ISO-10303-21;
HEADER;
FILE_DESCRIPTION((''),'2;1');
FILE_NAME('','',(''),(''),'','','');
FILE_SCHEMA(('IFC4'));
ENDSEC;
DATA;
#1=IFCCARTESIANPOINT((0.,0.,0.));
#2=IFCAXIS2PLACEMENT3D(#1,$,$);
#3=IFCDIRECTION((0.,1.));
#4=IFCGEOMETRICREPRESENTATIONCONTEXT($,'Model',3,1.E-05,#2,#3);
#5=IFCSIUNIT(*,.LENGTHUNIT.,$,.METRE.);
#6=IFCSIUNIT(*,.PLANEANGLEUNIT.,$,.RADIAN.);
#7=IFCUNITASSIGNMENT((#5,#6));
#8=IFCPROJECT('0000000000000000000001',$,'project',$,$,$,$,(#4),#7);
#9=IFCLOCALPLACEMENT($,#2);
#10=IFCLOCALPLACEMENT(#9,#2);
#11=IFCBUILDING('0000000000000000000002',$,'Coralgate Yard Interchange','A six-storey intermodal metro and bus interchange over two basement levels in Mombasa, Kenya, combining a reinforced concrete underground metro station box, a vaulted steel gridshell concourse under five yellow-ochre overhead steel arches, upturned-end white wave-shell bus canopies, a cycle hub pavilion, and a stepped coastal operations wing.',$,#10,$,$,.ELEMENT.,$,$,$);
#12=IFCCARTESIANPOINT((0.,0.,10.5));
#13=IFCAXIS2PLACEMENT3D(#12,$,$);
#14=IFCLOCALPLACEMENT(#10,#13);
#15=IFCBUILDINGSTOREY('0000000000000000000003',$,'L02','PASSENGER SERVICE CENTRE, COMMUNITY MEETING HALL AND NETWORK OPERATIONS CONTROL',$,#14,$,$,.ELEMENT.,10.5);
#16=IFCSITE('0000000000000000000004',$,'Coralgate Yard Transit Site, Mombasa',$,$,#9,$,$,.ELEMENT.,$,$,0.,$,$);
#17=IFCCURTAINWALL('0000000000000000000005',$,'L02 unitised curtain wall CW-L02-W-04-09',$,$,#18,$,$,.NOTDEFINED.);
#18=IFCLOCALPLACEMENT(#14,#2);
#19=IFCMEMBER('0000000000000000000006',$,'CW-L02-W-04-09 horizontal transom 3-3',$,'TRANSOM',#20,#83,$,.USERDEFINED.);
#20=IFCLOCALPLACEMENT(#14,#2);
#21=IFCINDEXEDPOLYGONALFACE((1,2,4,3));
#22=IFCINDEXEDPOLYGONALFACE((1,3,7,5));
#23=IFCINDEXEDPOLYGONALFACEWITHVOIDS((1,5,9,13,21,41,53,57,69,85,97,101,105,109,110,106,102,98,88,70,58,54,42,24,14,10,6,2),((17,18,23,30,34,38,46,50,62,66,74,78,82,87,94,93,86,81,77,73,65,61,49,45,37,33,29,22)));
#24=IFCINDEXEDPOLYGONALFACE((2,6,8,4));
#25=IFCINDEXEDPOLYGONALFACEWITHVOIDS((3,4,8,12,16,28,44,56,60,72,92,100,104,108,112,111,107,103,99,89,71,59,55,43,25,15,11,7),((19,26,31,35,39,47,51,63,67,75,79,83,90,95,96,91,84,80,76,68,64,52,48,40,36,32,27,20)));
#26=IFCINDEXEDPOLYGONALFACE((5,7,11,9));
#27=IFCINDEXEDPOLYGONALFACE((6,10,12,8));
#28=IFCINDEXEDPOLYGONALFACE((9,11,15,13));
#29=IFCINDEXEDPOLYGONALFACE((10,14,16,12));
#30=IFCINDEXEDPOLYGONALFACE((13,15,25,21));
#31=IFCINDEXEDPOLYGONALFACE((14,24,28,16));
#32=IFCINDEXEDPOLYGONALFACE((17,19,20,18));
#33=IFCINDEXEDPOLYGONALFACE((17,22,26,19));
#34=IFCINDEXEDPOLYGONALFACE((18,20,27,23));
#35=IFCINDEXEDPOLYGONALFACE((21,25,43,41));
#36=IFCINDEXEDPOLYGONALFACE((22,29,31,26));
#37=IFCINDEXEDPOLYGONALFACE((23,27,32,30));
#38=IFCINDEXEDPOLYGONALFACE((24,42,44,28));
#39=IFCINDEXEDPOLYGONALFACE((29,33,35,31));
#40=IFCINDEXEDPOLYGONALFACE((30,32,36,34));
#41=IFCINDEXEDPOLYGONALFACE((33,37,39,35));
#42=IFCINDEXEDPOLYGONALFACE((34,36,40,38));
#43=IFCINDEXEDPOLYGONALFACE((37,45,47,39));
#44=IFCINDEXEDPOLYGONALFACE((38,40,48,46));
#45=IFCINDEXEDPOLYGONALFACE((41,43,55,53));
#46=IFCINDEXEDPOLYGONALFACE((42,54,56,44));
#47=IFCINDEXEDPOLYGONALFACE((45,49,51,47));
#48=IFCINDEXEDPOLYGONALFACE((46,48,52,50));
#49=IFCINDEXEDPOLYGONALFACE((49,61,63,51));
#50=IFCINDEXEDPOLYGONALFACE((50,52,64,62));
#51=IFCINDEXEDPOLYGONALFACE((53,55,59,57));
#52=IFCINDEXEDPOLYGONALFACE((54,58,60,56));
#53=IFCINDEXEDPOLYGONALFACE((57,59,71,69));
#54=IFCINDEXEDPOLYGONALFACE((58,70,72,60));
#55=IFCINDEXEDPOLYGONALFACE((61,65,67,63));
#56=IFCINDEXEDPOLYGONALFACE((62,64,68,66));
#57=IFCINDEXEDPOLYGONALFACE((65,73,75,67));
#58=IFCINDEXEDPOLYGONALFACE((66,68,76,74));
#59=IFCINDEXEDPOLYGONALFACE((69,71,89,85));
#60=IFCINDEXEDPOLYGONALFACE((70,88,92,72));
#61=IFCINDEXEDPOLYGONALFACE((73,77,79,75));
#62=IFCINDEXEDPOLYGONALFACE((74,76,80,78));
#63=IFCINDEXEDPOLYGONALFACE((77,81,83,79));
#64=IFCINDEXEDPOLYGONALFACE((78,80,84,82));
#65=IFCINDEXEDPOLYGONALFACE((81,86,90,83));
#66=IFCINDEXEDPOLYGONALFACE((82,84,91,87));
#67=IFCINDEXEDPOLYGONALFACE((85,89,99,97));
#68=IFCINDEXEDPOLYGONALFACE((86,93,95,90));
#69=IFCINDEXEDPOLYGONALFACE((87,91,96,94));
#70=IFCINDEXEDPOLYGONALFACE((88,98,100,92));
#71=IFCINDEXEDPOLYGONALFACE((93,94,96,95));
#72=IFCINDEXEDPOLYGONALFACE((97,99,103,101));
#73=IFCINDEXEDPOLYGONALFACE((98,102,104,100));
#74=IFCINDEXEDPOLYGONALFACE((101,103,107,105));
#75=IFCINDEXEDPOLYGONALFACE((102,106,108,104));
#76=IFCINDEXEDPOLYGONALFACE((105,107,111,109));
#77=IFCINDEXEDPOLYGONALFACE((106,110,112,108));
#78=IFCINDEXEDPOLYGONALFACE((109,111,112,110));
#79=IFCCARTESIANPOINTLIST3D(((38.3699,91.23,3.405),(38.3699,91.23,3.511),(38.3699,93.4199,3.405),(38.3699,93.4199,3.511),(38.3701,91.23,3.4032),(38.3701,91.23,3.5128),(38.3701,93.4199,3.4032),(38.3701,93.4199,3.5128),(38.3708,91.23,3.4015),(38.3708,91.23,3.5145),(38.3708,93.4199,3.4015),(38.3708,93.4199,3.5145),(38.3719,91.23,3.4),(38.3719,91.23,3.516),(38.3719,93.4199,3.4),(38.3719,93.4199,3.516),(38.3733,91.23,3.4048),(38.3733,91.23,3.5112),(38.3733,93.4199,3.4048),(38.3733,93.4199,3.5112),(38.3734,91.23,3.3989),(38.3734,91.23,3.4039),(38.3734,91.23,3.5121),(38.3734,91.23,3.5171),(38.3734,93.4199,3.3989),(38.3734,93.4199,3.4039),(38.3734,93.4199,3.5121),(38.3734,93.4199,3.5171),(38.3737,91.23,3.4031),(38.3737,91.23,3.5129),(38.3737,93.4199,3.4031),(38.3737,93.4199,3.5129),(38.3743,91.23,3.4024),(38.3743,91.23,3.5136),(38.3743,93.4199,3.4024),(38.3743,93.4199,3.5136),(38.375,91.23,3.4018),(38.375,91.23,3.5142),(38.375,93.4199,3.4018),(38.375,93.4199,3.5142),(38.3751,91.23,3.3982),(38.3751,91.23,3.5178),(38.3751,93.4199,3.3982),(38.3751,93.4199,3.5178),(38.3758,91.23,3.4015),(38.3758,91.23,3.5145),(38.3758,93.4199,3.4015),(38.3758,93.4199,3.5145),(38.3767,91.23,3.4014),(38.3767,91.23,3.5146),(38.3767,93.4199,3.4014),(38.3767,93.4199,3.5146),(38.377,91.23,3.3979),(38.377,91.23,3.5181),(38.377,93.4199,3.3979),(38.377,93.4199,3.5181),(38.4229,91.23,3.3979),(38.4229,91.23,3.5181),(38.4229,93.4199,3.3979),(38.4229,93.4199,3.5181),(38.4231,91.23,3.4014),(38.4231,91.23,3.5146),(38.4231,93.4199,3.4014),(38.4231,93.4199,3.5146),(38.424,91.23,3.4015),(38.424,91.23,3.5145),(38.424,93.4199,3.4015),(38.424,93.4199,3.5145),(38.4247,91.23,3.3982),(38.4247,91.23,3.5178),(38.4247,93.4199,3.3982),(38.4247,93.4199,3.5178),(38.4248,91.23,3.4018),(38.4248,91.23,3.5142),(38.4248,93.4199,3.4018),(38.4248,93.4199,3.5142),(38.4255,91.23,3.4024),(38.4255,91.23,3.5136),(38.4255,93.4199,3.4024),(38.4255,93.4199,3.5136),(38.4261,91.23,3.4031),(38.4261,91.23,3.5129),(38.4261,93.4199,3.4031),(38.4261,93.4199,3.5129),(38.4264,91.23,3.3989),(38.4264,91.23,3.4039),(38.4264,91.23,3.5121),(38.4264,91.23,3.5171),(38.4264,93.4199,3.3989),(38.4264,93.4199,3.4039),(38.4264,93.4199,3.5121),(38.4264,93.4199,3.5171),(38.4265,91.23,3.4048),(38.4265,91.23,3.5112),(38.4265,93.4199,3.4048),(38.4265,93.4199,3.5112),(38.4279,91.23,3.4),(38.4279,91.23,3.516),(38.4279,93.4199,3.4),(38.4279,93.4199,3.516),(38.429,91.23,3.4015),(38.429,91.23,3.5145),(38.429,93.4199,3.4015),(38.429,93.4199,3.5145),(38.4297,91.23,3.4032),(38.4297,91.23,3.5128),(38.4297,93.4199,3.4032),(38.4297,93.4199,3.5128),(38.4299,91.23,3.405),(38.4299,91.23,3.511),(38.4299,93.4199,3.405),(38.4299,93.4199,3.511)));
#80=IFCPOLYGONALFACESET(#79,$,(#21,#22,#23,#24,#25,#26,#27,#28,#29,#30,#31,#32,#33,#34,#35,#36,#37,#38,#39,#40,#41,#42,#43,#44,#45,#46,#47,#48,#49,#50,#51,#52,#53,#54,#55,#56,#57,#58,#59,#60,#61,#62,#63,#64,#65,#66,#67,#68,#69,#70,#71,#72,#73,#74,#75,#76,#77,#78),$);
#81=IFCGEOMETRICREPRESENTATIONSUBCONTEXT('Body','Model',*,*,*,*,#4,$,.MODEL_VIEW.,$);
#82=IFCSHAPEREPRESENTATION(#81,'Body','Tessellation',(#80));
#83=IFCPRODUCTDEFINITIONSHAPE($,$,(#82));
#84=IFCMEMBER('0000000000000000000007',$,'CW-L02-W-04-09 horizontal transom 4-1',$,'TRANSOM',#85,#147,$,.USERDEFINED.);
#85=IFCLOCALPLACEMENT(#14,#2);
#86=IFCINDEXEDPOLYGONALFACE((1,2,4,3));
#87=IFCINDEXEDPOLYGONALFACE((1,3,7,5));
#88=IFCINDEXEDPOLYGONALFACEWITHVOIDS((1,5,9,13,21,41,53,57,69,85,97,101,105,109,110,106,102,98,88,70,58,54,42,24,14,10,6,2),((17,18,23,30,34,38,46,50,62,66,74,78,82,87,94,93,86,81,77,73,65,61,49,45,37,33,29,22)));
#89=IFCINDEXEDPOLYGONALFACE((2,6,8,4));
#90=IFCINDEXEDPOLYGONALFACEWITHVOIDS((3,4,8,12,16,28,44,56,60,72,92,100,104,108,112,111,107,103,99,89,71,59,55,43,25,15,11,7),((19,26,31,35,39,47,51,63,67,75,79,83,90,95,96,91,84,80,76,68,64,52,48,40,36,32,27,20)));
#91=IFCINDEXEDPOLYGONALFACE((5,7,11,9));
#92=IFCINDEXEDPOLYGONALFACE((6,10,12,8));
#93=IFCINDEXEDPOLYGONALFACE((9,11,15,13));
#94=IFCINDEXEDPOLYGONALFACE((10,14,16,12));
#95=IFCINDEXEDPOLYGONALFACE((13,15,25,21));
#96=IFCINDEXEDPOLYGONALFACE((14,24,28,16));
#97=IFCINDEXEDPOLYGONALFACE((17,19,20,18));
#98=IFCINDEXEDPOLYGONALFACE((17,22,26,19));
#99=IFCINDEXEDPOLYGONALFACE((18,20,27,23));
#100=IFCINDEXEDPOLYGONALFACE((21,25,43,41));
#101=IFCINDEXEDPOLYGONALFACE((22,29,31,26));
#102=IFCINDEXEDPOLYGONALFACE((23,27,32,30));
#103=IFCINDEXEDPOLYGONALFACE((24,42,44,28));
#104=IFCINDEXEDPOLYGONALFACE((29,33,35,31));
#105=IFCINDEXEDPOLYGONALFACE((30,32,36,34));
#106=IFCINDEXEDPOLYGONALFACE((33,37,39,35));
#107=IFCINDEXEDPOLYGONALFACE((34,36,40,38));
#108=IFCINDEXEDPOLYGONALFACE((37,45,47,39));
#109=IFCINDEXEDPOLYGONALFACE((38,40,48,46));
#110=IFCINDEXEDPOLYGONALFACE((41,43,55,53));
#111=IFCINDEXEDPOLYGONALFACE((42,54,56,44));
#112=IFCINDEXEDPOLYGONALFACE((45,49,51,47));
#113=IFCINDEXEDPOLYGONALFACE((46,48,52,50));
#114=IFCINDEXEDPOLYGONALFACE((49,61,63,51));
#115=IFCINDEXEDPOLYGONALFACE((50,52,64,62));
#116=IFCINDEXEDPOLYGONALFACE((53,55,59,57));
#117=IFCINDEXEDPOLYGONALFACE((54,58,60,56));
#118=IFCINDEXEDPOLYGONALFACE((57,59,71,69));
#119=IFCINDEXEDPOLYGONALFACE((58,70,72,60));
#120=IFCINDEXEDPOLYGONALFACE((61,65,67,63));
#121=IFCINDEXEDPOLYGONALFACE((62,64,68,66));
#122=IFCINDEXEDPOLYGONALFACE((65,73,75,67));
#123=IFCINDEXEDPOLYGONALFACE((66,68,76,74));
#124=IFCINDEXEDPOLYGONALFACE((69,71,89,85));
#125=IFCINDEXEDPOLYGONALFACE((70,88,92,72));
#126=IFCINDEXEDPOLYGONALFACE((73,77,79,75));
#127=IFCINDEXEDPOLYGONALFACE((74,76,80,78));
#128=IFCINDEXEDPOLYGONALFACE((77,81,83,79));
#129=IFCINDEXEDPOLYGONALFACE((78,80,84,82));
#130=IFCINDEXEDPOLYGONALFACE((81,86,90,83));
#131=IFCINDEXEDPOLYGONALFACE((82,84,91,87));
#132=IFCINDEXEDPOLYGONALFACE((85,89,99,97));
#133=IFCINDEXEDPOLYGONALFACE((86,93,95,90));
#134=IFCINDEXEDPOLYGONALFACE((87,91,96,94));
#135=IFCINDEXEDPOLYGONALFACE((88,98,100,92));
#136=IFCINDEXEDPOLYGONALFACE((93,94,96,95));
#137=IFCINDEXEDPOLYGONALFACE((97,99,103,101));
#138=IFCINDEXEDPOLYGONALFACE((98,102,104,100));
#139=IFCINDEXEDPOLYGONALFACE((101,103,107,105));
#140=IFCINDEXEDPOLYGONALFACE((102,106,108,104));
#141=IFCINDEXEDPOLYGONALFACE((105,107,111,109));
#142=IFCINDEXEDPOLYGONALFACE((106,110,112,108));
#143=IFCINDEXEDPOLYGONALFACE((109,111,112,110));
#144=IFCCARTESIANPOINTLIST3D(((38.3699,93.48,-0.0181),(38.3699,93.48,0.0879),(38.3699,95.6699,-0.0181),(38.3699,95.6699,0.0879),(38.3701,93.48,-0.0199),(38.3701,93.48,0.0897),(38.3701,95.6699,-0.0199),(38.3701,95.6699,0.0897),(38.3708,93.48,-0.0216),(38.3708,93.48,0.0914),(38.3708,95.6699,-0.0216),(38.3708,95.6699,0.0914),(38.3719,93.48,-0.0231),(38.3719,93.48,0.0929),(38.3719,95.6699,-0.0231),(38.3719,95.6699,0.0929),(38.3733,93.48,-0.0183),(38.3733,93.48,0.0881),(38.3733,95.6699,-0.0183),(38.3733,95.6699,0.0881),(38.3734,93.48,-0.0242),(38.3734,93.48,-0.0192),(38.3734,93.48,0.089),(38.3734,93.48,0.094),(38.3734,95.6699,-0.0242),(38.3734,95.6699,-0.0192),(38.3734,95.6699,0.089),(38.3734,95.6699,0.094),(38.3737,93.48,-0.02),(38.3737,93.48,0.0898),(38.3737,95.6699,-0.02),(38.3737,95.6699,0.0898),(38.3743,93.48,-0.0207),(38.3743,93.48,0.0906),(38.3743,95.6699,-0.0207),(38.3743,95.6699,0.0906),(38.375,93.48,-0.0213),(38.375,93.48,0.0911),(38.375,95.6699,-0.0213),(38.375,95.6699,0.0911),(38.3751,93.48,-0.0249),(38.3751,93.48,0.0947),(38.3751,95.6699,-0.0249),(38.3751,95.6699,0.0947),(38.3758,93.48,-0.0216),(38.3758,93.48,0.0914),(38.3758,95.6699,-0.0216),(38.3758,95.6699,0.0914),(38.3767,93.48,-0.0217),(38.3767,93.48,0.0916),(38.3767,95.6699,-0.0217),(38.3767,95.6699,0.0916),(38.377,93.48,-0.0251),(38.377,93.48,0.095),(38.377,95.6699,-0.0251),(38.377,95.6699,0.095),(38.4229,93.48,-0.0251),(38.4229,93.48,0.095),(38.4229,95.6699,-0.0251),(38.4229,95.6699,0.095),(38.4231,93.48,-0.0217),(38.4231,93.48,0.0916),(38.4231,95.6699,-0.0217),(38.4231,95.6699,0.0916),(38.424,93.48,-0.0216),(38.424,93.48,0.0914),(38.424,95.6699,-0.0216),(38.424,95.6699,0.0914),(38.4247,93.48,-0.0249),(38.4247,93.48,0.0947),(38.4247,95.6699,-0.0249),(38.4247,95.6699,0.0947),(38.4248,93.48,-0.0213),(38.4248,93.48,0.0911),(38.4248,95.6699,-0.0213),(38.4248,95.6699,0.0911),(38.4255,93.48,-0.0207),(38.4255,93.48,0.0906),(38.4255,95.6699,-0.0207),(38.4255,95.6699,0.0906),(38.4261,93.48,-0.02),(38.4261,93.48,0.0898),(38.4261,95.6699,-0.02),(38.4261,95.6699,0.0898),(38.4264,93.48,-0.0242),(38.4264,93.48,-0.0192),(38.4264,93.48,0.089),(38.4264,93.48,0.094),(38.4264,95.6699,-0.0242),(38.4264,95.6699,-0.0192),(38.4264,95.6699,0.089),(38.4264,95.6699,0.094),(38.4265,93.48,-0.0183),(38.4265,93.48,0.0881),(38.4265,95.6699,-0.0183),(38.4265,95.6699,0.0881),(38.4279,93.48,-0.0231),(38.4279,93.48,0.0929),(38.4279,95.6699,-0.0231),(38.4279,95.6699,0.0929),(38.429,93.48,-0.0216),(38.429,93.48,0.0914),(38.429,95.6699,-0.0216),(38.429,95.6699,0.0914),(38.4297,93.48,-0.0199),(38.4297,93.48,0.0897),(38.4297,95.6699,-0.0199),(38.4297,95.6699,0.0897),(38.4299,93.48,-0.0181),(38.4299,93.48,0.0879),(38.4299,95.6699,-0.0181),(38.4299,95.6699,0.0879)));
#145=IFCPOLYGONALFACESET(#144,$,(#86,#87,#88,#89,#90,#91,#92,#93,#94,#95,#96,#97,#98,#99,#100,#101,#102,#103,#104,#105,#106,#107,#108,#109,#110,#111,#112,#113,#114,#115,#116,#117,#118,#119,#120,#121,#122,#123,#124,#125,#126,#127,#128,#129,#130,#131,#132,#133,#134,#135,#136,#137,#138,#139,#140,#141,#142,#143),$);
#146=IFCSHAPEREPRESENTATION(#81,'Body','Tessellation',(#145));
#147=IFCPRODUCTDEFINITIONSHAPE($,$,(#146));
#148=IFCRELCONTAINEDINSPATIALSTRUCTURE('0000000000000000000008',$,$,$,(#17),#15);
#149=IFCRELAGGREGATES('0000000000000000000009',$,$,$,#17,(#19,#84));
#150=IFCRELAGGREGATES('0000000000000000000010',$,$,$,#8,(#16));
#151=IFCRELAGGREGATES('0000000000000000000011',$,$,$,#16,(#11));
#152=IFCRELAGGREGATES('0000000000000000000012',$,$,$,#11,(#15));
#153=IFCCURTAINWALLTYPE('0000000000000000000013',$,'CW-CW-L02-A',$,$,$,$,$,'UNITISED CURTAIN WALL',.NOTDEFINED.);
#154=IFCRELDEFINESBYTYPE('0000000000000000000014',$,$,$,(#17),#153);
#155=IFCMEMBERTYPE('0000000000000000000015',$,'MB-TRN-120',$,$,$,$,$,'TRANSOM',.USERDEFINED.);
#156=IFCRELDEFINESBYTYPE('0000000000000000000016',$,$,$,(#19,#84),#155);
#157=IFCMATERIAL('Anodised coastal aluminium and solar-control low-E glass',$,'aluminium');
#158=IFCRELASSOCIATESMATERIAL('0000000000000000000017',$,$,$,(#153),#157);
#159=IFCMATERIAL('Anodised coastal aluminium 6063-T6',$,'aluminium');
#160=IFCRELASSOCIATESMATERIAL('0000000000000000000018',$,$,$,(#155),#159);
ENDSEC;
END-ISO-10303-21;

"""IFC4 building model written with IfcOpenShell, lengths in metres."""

from ifc_helpers import new_model, si_unit, direction, frame, origin, origin_2d, place, context, subcontext, project, spatial, hollow_rectangle, extrude, material, material_profile, profile_set, type_object, element, aggregate, save


model = new_model("IFC4")

# Units and contexts
model_context = context("Model", 3, precision=1e-05, world=origin(), true_north=direction((0.0, 1.0)))
body_context = subcontext(model_context, "Body", "Model", "MODEL_VIEW")
ifc_project = project(units=[si_unit("LENGTHUNIT", "METRE"), si_unit("PLANEANGLEUNIT", "RADIAN")], contexts=[model_context])

# Site, building, storey
site_placement = place(None, origin())
site = spatial("IfcSite", under=ifc_project, at=site_placement, Name="Coralgate Yard Transit Site, Mombasa", CompositionType="ELEMENT", RefElevation=0.0)
building_placement = place(site_placement, origin())
building = spatial("IfcBuilding", under=site, at=building_placement, Name="Coralgate Yard Interchange", Description="A six-storey intermodal metro and bus interchange over two basement levels in Mombasa, Kenya, combining a reinforced concrete underground metro station box, a vaulted steel gridshell concourse under five yellow-ochre overhead steel arches, upturned-end white wave-shell bus canopies, a cycle hub pavilion, and a stepped coastal operations wing.", CompositionType="ELEMENT")
storey_placement = place(building_placement, frame((0.0, 0.0, 10.5)))
storey = spatial("IfcBuildingStorey", under=building, at=storey_placement, Name="L02", Description="PASSENGER SERVICE CENTRE, COMMUNITY MEETING HALL AND NETWORK OPERATIONS CONTROL", CompositionType="ELEMENT", Elevation=10.5)

# Curtain wall
ifc_material_1 = material(Name="Anodised coastal aluminium and solar-control low-E glass", Category="aluminium")
curtain_wall_type = type_object("IfcCurtainWallType", Name="CW-CW-L02-A", ElementType="UNITISED CURTAIN WALL", PredefinedType="NOTDEFINED", material=ifc_material_1)
curtain_wall_1_placement = place(storey_placement, origin())
curtain_wall_1 = element("IfcCurtainWall", 1, at=curtain_wall_1_placement, inside=storey, type_object=curtain_wall_type, Name="L02 unitised curtain wall CW-L02-W-04-09", PredefinedType="NOTDEFINED")
ifc_material_2 = material(Name="Anodised coastal aluminium 6063-T6", Category="aluminium")

# Members
ifc_material_profile_1 = material_profile(ifc_material_2, hollow_rectangle(XDim=0.0601, YDim=0.1201, WallThickness=0.0034, InnerFilletRadius=0.0034, OuterFilletRadius=0.0071, at=origin_2d()), Name="ALU 60x120x3.5")
ifc_profile_set_1 = profile_set([ifc_material_profile_1], Name="Anodised coastal aluminium 6063-T6")
member_type_1 = type_object("IfcMemberType", Name="MB-TRN-120", ElementType="TRANSOM", PredefinedType="USERDEFINED", material=ifc_profile_set_1)
member_1_placement = place(storey_placement, frame((38.3999, 91.23, 3.458), z_axis=(0.0, 1.0, 0.0), x_axis=(-1.0, 0.0, 0.0)))
member_1 = element("IfcMember", 2, at=member_1_placement, type_object=member_type_1, Name="CW-L02-W-04-09 horizontal transom 3-3", ObjectType="TRANSOM", PredefinedType="USERDEFINED", context=body_context, shape_type="SweptSolid", body=[
    extrude(hollow_rectangle(XDim=0.0601, YDim=0.1201, WallThickness=0.0034, InnerFilletRadius=0.0034, OuterFilletRadius=0.0071, at=origin_2d()), origin(), (0.0, 0.0, 1.0), 2.1899),
])
member_2_placement = place(storey_placement, frame((38.3999, 93.48, 0.0349), z_axis=(0.0, 1.0, 0.0), x_axis=(-1.0, 0.0, 0.0)))
member_2 = element("IfcMember", 3, at=member_2_placement, type_object=member_type_1, Name="CW-L02-W-04-09 horizontal transom 4-1", ObjectType="TRANSOM", PredefinedType="USERDEFINED", context=body_context, shape_type="SweptSolid", body=[
    extrude(hollow_rectangle(XDim=0.0601, YDim=0.1201, WallThickness=0.0034, InnerFilletRadius=0.0034, OuterFilletRadius=0.0071, at=origin_2d()), origin(), (0.0, 0.0, 1.0), 2.1899),
])

aggregate(curtain_wall_1, [member_1, member_2])

save(model, "model.ifc")
